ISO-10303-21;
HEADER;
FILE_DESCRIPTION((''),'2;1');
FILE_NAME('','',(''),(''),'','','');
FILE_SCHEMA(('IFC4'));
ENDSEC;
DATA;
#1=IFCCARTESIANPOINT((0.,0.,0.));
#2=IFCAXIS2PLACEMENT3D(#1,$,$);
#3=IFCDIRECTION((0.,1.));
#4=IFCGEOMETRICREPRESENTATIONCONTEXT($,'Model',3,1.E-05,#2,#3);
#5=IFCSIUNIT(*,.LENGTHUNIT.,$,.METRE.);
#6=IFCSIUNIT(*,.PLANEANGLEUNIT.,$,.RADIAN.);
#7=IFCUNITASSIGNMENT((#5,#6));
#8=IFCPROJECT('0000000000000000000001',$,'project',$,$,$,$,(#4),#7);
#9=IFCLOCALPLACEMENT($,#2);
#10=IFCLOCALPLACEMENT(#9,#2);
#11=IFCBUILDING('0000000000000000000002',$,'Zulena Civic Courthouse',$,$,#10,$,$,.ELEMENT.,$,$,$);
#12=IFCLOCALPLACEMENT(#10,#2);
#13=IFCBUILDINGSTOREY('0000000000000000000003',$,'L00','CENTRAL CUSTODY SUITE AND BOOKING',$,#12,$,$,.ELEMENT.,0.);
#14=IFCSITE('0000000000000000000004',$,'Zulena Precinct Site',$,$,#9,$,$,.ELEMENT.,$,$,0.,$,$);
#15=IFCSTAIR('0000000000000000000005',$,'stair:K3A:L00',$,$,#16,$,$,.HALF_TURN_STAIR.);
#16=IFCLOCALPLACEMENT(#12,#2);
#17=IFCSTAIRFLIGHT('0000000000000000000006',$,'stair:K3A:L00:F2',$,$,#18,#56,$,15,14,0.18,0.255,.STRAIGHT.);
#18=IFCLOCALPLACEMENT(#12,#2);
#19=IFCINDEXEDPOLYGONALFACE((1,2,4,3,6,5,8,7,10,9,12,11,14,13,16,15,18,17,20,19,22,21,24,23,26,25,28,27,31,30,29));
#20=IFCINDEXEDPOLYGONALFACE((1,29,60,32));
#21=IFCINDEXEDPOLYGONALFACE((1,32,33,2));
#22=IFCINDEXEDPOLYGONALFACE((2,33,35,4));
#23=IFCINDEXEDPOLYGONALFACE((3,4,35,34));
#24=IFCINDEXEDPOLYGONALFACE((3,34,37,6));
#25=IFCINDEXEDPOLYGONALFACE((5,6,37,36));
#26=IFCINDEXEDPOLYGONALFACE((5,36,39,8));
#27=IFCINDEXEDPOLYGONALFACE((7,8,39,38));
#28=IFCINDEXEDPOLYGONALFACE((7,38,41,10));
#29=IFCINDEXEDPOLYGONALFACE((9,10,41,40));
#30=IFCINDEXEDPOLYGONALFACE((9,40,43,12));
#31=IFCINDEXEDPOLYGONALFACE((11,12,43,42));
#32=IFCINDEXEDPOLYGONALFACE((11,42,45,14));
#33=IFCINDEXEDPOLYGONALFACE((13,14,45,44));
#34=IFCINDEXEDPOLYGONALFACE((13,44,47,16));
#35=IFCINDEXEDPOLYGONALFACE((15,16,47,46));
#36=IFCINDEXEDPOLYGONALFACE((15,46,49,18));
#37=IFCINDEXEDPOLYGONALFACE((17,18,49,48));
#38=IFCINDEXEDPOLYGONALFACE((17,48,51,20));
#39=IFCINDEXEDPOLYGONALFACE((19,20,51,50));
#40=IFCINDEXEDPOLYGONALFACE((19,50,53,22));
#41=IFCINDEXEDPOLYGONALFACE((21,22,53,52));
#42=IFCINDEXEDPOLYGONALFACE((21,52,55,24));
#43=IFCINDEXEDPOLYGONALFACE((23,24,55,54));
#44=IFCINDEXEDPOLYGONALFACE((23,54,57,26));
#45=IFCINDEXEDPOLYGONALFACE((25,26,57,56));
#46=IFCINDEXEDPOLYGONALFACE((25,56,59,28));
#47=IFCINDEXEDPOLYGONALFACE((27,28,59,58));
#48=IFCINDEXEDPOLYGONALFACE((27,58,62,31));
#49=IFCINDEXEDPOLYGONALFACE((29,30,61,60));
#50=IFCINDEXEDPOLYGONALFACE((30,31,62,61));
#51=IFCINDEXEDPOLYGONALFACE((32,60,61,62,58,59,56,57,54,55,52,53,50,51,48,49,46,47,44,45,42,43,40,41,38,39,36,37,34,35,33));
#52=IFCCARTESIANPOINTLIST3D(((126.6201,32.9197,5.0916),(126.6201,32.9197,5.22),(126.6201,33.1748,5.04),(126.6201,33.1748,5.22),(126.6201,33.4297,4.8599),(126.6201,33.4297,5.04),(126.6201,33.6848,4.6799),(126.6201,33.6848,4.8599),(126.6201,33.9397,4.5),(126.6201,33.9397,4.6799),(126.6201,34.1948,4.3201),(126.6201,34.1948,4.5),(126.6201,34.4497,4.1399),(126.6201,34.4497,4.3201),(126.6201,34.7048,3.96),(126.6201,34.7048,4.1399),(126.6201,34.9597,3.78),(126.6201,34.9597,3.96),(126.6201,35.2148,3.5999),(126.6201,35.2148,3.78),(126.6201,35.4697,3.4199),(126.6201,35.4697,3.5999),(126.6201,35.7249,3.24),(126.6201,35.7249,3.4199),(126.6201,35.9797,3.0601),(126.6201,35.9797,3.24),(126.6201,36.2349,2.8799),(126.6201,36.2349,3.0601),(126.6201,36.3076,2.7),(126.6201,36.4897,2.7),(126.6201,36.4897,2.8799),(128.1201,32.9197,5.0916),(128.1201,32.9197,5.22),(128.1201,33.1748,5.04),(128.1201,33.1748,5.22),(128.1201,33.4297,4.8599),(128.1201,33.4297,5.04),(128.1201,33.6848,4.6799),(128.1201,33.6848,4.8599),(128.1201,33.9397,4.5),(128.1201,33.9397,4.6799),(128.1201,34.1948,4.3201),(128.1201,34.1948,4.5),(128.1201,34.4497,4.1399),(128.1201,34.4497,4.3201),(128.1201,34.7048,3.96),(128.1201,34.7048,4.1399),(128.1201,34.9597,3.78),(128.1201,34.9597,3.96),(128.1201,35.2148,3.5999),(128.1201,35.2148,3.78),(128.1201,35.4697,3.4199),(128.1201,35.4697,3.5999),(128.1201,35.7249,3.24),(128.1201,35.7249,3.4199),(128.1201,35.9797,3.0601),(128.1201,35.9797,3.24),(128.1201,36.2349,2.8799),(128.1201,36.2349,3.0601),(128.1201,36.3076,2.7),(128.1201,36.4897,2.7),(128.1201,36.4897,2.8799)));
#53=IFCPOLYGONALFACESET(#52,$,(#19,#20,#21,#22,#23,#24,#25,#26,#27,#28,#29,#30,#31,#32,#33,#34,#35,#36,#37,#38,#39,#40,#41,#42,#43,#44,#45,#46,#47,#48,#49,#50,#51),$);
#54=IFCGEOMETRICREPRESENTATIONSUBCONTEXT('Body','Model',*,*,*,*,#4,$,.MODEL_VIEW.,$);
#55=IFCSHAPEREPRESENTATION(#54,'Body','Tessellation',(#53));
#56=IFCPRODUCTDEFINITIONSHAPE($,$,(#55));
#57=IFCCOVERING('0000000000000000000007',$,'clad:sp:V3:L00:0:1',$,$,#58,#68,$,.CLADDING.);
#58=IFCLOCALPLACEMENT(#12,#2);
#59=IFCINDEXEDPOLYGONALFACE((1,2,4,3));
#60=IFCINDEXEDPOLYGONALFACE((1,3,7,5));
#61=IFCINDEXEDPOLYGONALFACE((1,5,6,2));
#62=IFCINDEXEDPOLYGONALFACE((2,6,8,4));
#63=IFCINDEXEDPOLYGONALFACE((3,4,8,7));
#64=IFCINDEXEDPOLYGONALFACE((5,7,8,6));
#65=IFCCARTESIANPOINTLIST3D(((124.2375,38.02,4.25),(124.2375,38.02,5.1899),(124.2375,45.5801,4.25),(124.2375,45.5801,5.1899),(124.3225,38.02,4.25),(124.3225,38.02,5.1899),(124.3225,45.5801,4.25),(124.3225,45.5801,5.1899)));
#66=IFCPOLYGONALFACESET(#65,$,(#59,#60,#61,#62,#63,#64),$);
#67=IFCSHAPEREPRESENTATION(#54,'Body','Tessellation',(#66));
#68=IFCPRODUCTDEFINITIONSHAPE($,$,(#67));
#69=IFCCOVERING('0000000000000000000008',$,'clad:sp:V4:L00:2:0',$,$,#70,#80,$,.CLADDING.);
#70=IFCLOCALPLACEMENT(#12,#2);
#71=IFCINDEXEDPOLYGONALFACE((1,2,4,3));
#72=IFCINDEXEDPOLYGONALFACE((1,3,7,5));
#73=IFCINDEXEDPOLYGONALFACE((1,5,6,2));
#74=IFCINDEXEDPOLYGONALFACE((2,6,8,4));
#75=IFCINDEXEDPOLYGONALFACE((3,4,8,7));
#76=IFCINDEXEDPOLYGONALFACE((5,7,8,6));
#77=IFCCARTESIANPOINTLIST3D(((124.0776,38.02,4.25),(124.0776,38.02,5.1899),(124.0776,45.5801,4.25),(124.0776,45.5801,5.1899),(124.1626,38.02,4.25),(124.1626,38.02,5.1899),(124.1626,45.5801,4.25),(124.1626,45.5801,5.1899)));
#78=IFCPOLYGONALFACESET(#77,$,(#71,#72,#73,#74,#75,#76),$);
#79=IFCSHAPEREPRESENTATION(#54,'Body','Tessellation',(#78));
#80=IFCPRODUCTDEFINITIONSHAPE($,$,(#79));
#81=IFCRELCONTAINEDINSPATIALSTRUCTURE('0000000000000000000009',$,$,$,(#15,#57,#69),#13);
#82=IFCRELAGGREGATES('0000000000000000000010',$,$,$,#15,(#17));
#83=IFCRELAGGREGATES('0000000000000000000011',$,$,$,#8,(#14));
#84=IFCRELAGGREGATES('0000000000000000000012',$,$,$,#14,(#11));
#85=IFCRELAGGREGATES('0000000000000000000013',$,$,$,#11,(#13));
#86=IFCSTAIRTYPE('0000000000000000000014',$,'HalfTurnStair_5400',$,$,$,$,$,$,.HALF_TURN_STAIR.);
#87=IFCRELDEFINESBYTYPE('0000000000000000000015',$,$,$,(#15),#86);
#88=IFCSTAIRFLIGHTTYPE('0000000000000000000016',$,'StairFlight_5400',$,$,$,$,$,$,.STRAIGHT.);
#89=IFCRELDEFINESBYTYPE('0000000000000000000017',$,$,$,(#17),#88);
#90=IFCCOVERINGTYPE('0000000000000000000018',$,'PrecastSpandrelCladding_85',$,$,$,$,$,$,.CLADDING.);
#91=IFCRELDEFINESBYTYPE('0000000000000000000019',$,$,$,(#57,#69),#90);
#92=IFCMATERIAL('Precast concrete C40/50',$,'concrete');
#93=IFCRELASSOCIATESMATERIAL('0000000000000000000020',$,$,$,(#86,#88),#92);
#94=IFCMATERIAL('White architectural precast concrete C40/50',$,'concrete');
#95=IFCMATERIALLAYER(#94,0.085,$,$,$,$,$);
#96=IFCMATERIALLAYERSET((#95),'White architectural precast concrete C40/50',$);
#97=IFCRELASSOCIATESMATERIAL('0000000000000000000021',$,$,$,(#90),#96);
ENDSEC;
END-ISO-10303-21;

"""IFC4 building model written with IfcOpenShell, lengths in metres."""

from ifc_helpers import new_model, si_unit, direction, frame, origin, origin_2d, place, context, subcontext, project, spatial, polyline, rectangle, outline, extrude, material, layer, layer_set, type_object, element, aggregate, save


model = new_model("IFC4")

# Units and contexts
model_context = context("Model", 3, precision=1e-05, world=origin(), true_north=direction((0.0, 1.0)))
body_context = subcontext(model_context, "Body", "Model", "MODEL_VIEW")
ifc_project = project(units=[si_unit("LENGTHUNIT", "METRE"), si_unit("PLANEANGLEUNIT", "RADIAN")], contexts=[model_context])

# Site, building, storey
site_placement = place(None, origin())
site = spatial("IfcSite", under=ifc_project, at=site_placement, Name="Zulena Precinct Site", CompositionType="ELEMENT", RefElevation=0.0)
building_placement = place(site_placement, origin())
building = spatial("IfcBuilding", under=site, at=building_placement, Name="Zulena Civic Courthouse", CompositionType="ELEMENT")
storey_placement = place(building_placement, origin())
storey = spatial("IfcBuildingStorey", under=building, at=storey_placement, Name="L00", Description="CENTRAL CUSTODY SUITE AND BOOKING", CompositionType="ELEMENT", Elevation=0.0)

# Stair, stair flight
ifc_material_1 = material(Name="Precast concrete C40/50", Category="concrete")
stair_type = type_object("IfcStairType", Name="HalfTurnStair_5400", PredefinedType="HALF_TURN_STAIR", material=ifc_material_1)
stair_placement = place(storey_placement, origin())
stair = element("IfcStair", 1, at=stair_placement, inside=storey, type_object=stair_type, Name="stair:K3A:L00", PredefinedType="HALF_TURN_STAIR")
stair_flight_type = type_object("IfcStairFlightType", Name="StairFlight_5400", PredefinedType="STRAIGHT", material=ifc_material_1)
stair_flight_placement = place(storey_placement, frame((127.3701, 36.4897, 2.7), z_axis=(0.0, 0.0, 1.0), x_axis=(0.0, -1.0, 0.0)))
stair_flight = element("IfcStairFlight", 2, at=stair_flight_placement, type_object=stair_flight_type, Name="stair:K3A:L00:F2", NumberOfRisers=15, NumberOfTreads=14, PredefinedType="STRAIGHT", RiserHeight=0.18, TreadLength=0.255, context=body_context, shape_type="SweptSolid", body=[
    extrude(outline(polyline([(0.0, 0.0), (0.0, 0.1799), (0.2549, 0.1799), (0.2549, 0.3601), (0.51, 0.3601), (0.51, 0.54), (0.7649, 0.54), (0.7649, 0.72), (1.02, 0.72), (1.02, 0.8999), (1.2749, 0.8999), (1.2749, 1.0801), (1.53, 1.0801), (1.53, 1.26), (1.7849, 1.26), (1.7849, 1.4399), (2.04, 1.4399), (2.04, 1.6201), (2.2949, 1.6201), (2.2949, 1.8), (2.55, 1.8), (2.55, 1.98), (2.8049, 1.98), (2.8049, 2.1599), (3.0601, 2.1599), (3.0601, 2.3401), (3.3149, 2.3401), (3.3149, 2.52), (3.5701, 2.52), (3.5701, 2.7), (3.5701, 2.3916), (0.1821, 0.0), (0.0, 0.0)])), frame((0.0, 0.75, 0.0), z_axis=(0.0, -1.0, 0.0), x_axis=(1.0, 0.0, 0.0)), (0.0, 0.0, 1.0), 1.5),
])
aggregate(stair, [stair_flight])

# Coverings
ifc_material_2 = material(Name="White architectural precast concrete C40/50", Category="concrete")
ifc_layer_1 = layer(ifc_material_2, 0.085)
ifc_layer_set_1 = layer_set([ifc_layer_1], Name="White architectural precast concrete C40/50")
covering_type = type_object("IfcCoveringType", Name="PrecastSpandrelCladding_85", PredefinedType="CLADDING", material=ifc_layer_set_1)
for number, where, z_axis, x_axis, name in (
    (3, (124.28, 41.8, 4.25), (0.0, 0.0, 1.0), (0.0, 1.0, 0.0), "clad:sp:V3:L00:0:1"),
    (4, (124.1201, 41.8, 4.25), (0.0, 0.0, 1.0), (0.0, -1.0, 0.0), "clad:sp:V4:L00:2:0"),
):
    element("IfcCovering", number, at=place(storey_placement, frame(where, z_axis=z_axis, x_axis=x_axis)), inside=storey, type_object=covering_type, Name=name, PredefinedType="CLADDING", context=body_context, shape_type="SweptSolid", body=[
        extrude(rectangle(XDim=7.5601, YDim=0.085, at=origin_2d()), origin(), (0.0, 0.0, 1.0), 0.9399),
    ])

save(model, "model.ifc")
